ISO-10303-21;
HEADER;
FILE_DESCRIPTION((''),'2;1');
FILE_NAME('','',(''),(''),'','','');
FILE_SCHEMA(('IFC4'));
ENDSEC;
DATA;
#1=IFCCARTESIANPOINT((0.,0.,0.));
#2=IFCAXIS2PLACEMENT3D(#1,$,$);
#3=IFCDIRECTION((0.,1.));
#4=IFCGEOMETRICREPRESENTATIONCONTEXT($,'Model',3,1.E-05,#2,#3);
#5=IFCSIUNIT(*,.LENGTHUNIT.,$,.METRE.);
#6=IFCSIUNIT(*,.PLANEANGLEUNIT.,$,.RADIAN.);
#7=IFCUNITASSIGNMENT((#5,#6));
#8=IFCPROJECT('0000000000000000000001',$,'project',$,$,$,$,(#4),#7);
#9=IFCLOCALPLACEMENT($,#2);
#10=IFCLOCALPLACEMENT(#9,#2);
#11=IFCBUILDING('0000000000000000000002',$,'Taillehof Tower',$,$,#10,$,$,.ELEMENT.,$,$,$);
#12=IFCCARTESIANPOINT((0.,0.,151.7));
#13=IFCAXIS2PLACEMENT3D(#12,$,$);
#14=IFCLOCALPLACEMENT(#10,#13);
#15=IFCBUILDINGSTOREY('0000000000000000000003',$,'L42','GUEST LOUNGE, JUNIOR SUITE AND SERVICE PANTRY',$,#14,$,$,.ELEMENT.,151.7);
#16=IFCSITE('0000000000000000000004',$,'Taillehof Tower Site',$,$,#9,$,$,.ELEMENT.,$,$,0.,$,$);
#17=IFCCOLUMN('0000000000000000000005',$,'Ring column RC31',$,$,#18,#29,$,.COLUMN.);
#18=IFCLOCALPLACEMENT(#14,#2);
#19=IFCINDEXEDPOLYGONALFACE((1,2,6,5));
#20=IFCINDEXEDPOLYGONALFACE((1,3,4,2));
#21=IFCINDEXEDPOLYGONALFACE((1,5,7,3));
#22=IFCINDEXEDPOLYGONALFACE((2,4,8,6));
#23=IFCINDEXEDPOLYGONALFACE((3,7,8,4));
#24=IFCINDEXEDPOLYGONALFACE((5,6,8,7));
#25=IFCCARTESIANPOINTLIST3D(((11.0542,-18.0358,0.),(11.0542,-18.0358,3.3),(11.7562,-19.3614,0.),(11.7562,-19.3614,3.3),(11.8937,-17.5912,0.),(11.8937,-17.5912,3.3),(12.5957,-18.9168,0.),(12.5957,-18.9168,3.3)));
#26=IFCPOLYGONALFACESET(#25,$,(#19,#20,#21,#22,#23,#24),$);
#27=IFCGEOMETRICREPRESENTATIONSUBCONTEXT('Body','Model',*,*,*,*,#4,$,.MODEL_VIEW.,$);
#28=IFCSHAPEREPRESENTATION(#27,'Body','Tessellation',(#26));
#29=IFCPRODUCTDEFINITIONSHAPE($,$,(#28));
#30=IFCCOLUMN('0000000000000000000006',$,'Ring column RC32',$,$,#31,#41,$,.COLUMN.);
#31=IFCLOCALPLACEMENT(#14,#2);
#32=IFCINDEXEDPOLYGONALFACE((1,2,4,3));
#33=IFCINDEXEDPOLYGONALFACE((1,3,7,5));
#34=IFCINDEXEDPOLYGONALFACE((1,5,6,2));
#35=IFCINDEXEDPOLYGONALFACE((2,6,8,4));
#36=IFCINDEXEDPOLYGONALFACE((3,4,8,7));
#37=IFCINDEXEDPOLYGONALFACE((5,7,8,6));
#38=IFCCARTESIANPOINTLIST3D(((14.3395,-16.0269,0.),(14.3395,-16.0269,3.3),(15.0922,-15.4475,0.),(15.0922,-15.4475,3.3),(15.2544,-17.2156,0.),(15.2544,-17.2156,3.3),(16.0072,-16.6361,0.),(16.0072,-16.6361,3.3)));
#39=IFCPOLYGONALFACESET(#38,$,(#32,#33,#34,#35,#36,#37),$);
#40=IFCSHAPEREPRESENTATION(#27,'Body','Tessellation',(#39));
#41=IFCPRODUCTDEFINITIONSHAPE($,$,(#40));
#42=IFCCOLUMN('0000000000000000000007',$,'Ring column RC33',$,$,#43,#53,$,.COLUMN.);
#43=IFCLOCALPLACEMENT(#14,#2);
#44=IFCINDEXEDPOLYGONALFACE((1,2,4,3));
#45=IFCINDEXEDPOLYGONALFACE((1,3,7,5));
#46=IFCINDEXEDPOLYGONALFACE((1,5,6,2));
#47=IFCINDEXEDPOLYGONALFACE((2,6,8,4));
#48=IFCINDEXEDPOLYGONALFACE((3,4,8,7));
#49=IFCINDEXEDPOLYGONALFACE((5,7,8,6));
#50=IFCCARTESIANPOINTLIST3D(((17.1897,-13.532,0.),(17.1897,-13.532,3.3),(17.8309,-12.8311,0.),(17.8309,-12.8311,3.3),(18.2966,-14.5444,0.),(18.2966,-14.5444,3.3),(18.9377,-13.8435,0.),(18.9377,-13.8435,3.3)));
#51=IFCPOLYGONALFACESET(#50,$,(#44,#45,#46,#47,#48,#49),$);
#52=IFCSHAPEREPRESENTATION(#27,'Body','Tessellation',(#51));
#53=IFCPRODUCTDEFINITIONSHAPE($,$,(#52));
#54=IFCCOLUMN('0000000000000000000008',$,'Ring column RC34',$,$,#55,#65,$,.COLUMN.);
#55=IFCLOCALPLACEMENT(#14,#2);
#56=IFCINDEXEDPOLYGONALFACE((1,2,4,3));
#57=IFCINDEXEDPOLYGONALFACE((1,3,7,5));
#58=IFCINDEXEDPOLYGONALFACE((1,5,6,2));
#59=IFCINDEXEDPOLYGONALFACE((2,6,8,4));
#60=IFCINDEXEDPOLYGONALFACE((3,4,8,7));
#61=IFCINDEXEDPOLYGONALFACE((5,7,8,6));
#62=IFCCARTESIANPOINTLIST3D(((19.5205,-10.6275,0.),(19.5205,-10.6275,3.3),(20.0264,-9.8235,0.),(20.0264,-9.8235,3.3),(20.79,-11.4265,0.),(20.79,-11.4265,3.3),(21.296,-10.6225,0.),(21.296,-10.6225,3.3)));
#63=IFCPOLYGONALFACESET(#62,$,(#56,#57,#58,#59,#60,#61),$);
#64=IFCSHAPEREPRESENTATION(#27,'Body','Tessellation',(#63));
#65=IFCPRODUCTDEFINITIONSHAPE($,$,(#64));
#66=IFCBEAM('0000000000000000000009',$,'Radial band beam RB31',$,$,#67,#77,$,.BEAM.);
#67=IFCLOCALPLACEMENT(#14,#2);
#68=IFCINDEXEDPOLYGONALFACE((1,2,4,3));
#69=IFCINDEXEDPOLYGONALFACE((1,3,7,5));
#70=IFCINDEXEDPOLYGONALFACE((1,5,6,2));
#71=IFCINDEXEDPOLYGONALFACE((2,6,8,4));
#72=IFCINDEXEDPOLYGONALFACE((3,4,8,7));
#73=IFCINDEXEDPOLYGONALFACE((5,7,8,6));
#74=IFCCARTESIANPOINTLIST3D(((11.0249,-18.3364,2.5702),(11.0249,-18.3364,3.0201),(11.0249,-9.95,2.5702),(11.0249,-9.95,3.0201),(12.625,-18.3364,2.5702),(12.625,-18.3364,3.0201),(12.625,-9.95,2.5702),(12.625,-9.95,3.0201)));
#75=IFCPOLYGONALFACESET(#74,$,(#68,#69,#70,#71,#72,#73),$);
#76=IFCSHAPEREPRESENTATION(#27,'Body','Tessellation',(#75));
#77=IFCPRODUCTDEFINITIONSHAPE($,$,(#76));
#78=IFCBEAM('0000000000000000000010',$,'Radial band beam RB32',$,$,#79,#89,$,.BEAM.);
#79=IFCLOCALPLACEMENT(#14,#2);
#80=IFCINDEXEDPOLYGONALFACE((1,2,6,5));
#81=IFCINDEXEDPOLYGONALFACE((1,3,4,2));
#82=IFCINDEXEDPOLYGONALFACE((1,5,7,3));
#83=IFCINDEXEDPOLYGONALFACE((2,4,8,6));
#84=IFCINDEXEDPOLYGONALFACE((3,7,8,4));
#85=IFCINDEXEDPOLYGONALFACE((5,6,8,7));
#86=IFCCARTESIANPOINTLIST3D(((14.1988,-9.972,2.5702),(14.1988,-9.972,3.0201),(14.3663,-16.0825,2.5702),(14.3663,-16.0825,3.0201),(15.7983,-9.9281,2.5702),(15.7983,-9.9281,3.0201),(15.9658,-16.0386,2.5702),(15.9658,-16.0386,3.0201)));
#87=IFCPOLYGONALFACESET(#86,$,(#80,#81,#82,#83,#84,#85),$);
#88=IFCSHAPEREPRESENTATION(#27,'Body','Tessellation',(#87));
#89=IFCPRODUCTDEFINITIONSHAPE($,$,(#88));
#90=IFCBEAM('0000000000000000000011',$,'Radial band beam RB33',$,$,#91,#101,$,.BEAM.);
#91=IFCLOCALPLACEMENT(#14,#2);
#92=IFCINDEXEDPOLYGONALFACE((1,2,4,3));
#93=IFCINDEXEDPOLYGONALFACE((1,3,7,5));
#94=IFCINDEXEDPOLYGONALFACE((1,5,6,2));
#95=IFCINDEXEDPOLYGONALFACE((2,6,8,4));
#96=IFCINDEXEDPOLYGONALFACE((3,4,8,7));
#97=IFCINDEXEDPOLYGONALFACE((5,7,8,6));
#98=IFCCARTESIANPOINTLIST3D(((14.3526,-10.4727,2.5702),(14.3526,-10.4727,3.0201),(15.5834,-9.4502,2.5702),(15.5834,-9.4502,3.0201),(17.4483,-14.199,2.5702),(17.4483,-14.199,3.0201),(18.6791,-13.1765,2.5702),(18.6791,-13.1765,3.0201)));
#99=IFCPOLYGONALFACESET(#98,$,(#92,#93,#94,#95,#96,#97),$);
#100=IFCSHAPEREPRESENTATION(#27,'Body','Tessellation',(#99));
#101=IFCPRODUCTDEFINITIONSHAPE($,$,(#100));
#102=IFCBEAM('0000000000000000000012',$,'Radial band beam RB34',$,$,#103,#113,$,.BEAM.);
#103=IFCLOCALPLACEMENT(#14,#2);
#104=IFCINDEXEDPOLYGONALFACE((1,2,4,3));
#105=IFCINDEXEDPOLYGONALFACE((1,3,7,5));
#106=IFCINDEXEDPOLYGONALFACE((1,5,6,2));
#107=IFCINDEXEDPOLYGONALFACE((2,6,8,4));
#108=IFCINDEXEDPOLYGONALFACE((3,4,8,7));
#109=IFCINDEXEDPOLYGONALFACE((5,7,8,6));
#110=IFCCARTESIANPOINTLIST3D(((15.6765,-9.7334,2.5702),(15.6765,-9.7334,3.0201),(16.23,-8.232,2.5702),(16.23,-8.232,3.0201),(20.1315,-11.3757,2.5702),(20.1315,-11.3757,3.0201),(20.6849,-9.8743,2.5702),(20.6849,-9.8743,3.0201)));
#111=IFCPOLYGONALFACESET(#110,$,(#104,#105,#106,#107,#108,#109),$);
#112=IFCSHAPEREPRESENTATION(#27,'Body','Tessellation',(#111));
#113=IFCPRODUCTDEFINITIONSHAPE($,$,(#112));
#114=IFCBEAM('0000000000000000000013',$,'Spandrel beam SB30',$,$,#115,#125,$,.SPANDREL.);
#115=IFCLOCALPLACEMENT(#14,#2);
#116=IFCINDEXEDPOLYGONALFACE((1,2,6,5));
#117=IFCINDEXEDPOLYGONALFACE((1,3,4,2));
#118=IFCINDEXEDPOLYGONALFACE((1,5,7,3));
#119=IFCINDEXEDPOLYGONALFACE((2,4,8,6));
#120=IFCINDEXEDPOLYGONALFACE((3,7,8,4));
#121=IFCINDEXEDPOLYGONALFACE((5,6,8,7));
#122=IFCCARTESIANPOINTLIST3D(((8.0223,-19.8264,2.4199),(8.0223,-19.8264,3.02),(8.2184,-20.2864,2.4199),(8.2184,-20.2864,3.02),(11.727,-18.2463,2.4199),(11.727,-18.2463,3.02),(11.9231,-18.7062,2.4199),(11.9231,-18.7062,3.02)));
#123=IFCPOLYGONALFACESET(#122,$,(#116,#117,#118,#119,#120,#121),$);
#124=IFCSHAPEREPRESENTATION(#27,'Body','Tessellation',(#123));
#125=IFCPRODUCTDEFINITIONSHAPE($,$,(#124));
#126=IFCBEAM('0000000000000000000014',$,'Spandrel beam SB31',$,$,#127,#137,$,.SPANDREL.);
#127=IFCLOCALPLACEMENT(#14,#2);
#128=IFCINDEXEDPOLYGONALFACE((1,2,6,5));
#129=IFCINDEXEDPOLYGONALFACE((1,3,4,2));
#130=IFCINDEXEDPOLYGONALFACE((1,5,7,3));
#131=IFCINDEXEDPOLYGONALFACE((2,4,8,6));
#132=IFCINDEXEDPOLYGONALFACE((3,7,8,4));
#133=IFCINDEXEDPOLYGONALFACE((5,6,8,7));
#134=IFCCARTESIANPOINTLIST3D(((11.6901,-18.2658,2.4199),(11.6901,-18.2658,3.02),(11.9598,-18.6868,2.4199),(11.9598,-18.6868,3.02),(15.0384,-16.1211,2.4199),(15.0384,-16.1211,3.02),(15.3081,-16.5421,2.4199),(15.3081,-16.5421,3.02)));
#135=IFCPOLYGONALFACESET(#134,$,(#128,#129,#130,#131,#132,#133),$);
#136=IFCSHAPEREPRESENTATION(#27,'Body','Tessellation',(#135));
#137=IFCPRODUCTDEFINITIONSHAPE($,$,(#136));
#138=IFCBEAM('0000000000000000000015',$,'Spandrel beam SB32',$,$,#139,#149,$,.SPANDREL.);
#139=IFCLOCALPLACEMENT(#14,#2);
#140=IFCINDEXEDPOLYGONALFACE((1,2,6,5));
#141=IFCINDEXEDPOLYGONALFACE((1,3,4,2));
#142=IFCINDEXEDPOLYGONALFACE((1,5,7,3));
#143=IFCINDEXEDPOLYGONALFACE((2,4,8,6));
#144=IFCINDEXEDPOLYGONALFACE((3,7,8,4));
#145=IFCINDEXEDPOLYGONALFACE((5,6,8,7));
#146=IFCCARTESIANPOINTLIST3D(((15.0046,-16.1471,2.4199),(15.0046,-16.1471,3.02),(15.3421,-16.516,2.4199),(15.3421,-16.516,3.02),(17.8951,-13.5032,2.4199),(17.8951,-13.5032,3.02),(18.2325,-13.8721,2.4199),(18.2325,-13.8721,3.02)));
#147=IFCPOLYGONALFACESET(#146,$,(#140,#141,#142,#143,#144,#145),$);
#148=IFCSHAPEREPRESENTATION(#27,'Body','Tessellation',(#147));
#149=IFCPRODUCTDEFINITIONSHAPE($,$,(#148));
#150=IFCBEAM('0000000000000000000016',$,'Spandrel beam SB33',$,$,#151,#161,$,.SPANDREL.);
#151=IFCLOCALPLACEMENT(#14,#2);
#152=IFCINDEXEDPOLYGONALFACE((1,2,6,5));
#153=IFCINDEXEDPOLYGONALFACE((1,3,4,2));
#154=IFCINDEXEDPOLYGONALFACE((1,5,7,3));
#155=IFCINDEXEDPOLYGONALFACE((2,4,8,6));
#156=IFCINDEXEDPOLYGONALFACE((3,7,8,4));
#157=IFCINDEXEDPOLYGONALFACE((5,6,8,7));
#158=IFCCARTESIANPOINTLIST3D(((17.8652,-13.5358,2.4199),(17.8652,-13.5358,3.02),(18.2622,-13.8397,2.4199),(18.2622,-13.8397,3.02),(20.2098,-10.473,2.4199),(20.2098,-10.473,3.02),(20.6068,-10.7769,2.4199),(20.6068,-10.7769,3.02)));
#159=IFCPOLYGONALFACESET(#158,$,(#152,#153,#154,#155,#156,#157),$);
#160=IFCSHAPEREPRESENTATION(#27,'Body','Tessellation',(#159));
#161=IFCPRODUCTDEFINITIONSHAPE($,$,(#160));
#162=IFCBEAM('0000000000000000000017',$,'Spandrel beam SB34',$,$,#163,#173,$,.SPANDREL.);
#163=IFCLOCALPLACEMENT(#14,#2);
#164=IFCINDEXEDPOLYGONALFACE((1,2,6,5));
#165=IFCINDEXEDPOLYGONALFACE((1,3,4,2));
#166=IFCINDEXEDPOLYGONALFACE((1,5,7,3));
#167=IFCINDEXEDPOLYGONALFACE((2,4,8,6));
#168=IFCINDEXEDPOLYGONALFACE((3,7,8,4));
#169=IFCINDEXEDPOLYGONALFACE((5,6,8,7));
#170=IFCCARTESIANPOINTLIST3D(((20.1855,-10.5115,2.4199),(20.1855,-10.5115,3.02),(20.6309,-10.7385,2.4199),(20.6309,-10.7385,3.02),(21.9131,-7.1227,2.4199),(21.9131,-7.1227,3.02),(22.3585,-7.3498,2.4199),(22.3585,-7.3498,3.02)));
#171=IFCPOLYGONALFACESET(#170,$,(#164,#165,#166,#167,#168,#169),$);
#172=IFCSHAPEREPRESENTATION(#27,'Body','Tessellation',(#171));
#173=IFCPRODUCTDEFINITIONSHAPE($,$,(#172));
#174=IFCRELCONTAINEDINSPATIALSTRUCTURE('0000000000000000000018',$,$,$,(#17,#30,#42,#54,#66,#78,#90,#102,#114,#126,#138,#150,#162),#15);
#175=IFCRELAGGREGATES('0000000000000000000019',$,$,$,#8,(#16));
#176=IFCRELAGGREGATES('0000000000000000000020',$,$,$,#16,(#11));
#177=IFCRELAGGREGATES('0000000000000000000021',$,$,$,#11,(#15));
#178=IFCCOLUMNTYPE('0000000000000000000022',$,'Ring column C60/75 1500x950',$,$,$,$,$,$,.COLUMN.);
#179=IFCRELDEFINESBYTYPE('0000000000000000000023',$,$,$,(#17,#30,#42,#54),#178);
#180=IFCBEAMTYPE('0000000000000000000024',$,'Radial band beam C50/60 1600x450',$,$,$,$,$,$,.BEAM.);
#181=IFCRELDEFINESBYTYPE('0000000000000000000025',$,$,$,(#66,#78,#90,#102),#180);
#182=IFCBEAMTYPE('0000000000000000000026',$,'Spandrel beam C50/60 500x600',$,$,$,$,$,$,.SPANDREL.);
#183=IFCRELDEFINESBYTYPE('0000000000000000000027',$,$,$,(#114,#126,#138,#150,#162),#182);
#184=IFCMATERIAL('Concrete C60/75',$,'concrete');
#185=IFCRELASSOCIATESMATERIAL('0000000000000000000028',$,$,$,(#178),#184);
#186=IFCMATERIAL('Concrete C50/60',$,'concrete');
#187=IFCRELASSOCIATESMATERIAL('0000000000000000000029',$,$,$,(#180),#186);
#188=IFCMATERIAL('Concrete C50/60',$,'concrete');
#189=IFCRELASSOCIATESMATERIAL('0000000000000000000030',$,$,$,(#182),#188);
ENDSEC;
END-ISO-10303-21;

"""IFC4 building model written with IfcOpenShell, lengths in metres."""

from ifc_helpers import new_model, si_unit, direction, frame, origin, origin_2d, place, context, subcontext, project, spatial, rectangle, extrude, material, material_profile, profile_set, type_object, element, save


model = new_model("IFC4")

# Units and contexts
model_context = context("Model", 3, precision=1e-05, world=origin(), true_north=direction((0.0, 1.0)))
body_context = subcontext(model_context, "Body", "Model", "MODEL_VIEW")
ifc_project = project(units=[si_unit("LENGTHUNIT", "METRE"), si_unit("PLANEANGLEUNIT", "RADIAN")], contexts=[model_context])

# Site, building, storey
site_placement = place(None, origin())
site = spatial("IfcSite", under=ifc_project, at=site_placement, Name="Taillehof Tower Site", CompositionType="ELEMENT", RefElevation=0.0)
building_placement = place(site_placement, origin())
building = spatial("IfcBuilding", under=site, at=building_placement, Name="Taillehof Tower", CompositionType="ELEMENT")
storey_placement = place(building_placement, frame((0.0, 0.0, 151.7)))
storey = spatial("IfcBuildingStorey", under=building, at=storey_placement, Name="L42", Description="GUEST LOUNGE, JUNIOR SUITE AND SERVICE PANTRY", CompositionType="ELEMENT", Elevation=151.7)

# Columns
ifc_material_1 = material(Name="Concrete C60/75", Category="concrete")
ifc_material_profile_1 = material_profile(ifc_material_1, rectangle(XDim=1.5, YDim=0.95, at=origin_2d()), Name="RC 1500x950")
ifc_profile_set_1 = profile_set([ifc_material_profile_1], Name="Concrete C60/75")
column_type = type_object("IfcColumnType", Name="Ring column C60/75 1500x950", PredefinedType="COLUMN", material=ifc_profile_set_1)
for number, where, z_axis, x_axis, name in (
    (1, (11.825, -18.4763, 0.0), (0.0, 0.0, 1.0), (0.468042, -0.883706, 0.0), "Ring column RC31"),
    (2, (15.1733, -16.3315, 0.0), (0.0, 0.0, 1.0), (0.609971, -0.792424, 0.0), "Ring column RC32"),
    (3, (18.0637, -13.6877, 0.0), (0.0, 0.0, 1.0), (0.737879, -0.674933, 0.0), "Ring column RC33"),
    (4, (20.4082, -10.625, 0.0), (0.0, 0.0, 1.0), (0.846334, -0.532652, 0.0), "Ring column RC34"),
):
    element("IfcColumn", number, at=place(storey_placement, frame(where, z_axis=z_axis, x_axis=x_axis)), inside=storey, type_object=column_type, Name=name, PredefinedType="COLUMN", context=body_context, shape_type="SweptSolid", body=[
        extrude(rectangle(XDim=1.5, YDim=0.95, at=origin_2d()), origin(), (0.0, 0.0, 1.0), 3.3),
    ])

# Beams
ifc_material_2 = material(Name="Concrete C50/60", Category="concrete")
ifc_material_profile_2 = material_profile(ifc_material_2, rectangle(XDim=1.6001, YDim=0.45, at=origin_2d()), Name="RC 1600x450")
ifc_profile_set_2 = profile_set([ifc_material_profile_2], Name="Concrete C50/60")
beam_type_1 = type_object("IfcBeamType", Name="Radial band beam C50/60 1600x450", PredefinedType="BEAM", material=ifc_profile_set_2)
beam_1_placement = place(storey_placement, frame((11.825, -18.3364, 2.7952), z_axis=(0.0, 1.0, 0.0), x_axis=(-1.0, 0.0, 0.0)))
element("IfcBeam", 5, at=beam_1_placement, inside=storey, type_object=beam_type_1, Name="Radial band beam RB31", PredefinedType="BEAM", context=body_context, shape_type="SweptSolid", body=[
    extrude(rectangle(XDim=1.6001, YDim=0.45, at=origin_2d()), origin(), (0.0, 0.0, 1.0), 8.3865),
])
beam_2_placement = place(storey_placement, frame((15.166, -16.0605, 2.7952), z_axis=(-0.027398, 0.999625, 0.0), x_axis=(-0.999625, -0.027398, 0.0)))
element("IfcBeam", 6, at=beam_2_placement, inside=storey, type_object=beam_type_1, Name="Radial band beam RB32", PredefinedType="BEAM", context=body_context, shape_type="SweptSolid", body=[
    extrude(rectangle(XDim=1.6001, YDim=0.45, at=origin_2d()), origin(), (0.0, 0.0, 1.0), 6.1128),
])
beam_3_placement = place(storey_placement, frame((18.0637, -13.6877, 2.7952), z_axis=(-0.639019, 0.769191, 0.0), x_axis=(-0.769191, -0.639019, 0.0)))
element("IfcBeam", 7, at=beam_3_placement, inside=storey, type_object=beam_type_1, Name="Radial band beam RB33", PredefinedType="BEAM", context=body_context, shape_type="SweptSolid", body=[
    extrude(rectangle(XDim=1.6001, YDim=0.45, at=origin_2d()), origin(), (0.0, 0.0, 1.0), 4.8445),
])
beam_4_placement = place(storey_placement, frame((20.4082, -10.625, 2.7952), z_axis=(-0.938276, 0.345889, 0.0), x_axis=(-0.345889, -0.938276, 0.0)))
element("IfcBeam", 8, at=beam_4_placement, inside=storey, type_object=beam_type_1, Name="Radial band beam RB34", PredefinedType="BEAM", context=body_context, shape_type="SweptSolid", body=[
    extrude(rectangle(XDim=1.6001, YDim=0.45, at=origin_2d()), origin(), (0.0, 0.0, 1.0), 4.748),
])
ifc_material_3 = material(Name="Concrete C50/60", Category="concrete")
ifc_material_profile_3 = material_profile(ifc_material_3, rectangle(XDim=0.5, YDim=0.6001, at=origin_2d()), Name="RC 500x600")
ifc_profile_set_3 = profile_set([ifc_material_profile_3], Name="Concrete C50/60")
beam_type_2 = type_object("IfcBeamType", Name="Spandrel beam C50/60 500x600", PredefinedType="SPANDREL", material=ifc_profile_set_3)
beam_5_placement = place(storey_placement, frame((8.1204, -20.0564, 2.72), z_axis=(0.919827, 0.392324, 0.0), x_axis=(-0.392324, 0.919827, 0.0)))
element("IfcBeam", 9, at=beam_5_placement, inside=storey, type_object=beam_type_2, Name="Spandrel beam SB30", PredefinedType="SPANDREL", context=body_context, shape_type="SweptSolid", body=[
    extrude(rectangle(XDim=0.5, YDim=0.6001, at=origin_2d()), origin(), (0.0, 0.0, 1.0), 4.0276),
])
beam_6_placement = place(storey_placement, frame((11.825, -18.4763, 2.72), z_axis=(0.842065, 0.539376, 0.0), x_axis=(-0.539376, 0.842065, 0.0)))
element("IfcBeam", 10, at=beam_6_placement, inside=storey, type_object=beam_type_2, Name="Spandrel beam SB31", PredefinedType="SPANDREL", context=body_context, shape_type="SweptSolid", body=[
    extrude(rectangle(XDim=0.5, YDim=0.6001, at=origin_2d()), origin(), (0.0, 0.0, 1.0), 3.9763),
])
beam_7_placement = place(storey_placement, frame((15.1733, -16.3315, 2.72), z_axis=(0.737881, 0.674931, 0.0), x_axis=(-0.674931, 0.737881, 0.0)))
element("IfcBeam", 11, at=beam_7_placement, inside=storey, type_object=beam_type_2, Name="Spandrel beam SB32", PredefinedType="SPANDREL", context=body_context, shape_type="SweptSolid", body=[
    extrude(rectangle(XDim=0.5, YDim=0.6001, at=origin_2d()), origin(), (0.0, 0.0, 1.0), 3.9172),
])
beam_8_placement = place(storey_placement, frame((18.0637, -13.6877, 2.72), z_axis=(0.60784, 0.794059, 0.0), x_axis=(-0.794059, 0.60784, 0.0)))
element("IfcBeam", 12, at=beam_8_placement, inside=storey, type_object=beam_type_2, Name="Spandrel beam SB33", PredefinedType="SPANDREL", context=body_context, shape_type="SweptSolid", body=[
    extrude(rectangle(XDim=0.5, YDim=0.6001, at=origin_2d()), origin(), (0.0, 0.0, 1.0), 3.8572),
])
beam_9_placement = place(storey_placement, frame((20.4082, -10.625, 2.72), z_axis=(0.454183, 0.890908, 0.0), x_axis=(-0.890908, 0.454183, 0.0)))
element("IfcBeam", 13, at=beam_9_placement, inside=storey, type_object=beam_type_2, Name="Spandrel beam SB34", PredefinedType="SPANDREL", context=body_context, shape_type="SweptSolid", body=[
    extrude(rectangle(XDim=0.5, YDim=0.6001, at=origin_2d()), origin(), (0.0, 0.0, 1.0), 3.8037),
])

save(model, "model.ifc")
